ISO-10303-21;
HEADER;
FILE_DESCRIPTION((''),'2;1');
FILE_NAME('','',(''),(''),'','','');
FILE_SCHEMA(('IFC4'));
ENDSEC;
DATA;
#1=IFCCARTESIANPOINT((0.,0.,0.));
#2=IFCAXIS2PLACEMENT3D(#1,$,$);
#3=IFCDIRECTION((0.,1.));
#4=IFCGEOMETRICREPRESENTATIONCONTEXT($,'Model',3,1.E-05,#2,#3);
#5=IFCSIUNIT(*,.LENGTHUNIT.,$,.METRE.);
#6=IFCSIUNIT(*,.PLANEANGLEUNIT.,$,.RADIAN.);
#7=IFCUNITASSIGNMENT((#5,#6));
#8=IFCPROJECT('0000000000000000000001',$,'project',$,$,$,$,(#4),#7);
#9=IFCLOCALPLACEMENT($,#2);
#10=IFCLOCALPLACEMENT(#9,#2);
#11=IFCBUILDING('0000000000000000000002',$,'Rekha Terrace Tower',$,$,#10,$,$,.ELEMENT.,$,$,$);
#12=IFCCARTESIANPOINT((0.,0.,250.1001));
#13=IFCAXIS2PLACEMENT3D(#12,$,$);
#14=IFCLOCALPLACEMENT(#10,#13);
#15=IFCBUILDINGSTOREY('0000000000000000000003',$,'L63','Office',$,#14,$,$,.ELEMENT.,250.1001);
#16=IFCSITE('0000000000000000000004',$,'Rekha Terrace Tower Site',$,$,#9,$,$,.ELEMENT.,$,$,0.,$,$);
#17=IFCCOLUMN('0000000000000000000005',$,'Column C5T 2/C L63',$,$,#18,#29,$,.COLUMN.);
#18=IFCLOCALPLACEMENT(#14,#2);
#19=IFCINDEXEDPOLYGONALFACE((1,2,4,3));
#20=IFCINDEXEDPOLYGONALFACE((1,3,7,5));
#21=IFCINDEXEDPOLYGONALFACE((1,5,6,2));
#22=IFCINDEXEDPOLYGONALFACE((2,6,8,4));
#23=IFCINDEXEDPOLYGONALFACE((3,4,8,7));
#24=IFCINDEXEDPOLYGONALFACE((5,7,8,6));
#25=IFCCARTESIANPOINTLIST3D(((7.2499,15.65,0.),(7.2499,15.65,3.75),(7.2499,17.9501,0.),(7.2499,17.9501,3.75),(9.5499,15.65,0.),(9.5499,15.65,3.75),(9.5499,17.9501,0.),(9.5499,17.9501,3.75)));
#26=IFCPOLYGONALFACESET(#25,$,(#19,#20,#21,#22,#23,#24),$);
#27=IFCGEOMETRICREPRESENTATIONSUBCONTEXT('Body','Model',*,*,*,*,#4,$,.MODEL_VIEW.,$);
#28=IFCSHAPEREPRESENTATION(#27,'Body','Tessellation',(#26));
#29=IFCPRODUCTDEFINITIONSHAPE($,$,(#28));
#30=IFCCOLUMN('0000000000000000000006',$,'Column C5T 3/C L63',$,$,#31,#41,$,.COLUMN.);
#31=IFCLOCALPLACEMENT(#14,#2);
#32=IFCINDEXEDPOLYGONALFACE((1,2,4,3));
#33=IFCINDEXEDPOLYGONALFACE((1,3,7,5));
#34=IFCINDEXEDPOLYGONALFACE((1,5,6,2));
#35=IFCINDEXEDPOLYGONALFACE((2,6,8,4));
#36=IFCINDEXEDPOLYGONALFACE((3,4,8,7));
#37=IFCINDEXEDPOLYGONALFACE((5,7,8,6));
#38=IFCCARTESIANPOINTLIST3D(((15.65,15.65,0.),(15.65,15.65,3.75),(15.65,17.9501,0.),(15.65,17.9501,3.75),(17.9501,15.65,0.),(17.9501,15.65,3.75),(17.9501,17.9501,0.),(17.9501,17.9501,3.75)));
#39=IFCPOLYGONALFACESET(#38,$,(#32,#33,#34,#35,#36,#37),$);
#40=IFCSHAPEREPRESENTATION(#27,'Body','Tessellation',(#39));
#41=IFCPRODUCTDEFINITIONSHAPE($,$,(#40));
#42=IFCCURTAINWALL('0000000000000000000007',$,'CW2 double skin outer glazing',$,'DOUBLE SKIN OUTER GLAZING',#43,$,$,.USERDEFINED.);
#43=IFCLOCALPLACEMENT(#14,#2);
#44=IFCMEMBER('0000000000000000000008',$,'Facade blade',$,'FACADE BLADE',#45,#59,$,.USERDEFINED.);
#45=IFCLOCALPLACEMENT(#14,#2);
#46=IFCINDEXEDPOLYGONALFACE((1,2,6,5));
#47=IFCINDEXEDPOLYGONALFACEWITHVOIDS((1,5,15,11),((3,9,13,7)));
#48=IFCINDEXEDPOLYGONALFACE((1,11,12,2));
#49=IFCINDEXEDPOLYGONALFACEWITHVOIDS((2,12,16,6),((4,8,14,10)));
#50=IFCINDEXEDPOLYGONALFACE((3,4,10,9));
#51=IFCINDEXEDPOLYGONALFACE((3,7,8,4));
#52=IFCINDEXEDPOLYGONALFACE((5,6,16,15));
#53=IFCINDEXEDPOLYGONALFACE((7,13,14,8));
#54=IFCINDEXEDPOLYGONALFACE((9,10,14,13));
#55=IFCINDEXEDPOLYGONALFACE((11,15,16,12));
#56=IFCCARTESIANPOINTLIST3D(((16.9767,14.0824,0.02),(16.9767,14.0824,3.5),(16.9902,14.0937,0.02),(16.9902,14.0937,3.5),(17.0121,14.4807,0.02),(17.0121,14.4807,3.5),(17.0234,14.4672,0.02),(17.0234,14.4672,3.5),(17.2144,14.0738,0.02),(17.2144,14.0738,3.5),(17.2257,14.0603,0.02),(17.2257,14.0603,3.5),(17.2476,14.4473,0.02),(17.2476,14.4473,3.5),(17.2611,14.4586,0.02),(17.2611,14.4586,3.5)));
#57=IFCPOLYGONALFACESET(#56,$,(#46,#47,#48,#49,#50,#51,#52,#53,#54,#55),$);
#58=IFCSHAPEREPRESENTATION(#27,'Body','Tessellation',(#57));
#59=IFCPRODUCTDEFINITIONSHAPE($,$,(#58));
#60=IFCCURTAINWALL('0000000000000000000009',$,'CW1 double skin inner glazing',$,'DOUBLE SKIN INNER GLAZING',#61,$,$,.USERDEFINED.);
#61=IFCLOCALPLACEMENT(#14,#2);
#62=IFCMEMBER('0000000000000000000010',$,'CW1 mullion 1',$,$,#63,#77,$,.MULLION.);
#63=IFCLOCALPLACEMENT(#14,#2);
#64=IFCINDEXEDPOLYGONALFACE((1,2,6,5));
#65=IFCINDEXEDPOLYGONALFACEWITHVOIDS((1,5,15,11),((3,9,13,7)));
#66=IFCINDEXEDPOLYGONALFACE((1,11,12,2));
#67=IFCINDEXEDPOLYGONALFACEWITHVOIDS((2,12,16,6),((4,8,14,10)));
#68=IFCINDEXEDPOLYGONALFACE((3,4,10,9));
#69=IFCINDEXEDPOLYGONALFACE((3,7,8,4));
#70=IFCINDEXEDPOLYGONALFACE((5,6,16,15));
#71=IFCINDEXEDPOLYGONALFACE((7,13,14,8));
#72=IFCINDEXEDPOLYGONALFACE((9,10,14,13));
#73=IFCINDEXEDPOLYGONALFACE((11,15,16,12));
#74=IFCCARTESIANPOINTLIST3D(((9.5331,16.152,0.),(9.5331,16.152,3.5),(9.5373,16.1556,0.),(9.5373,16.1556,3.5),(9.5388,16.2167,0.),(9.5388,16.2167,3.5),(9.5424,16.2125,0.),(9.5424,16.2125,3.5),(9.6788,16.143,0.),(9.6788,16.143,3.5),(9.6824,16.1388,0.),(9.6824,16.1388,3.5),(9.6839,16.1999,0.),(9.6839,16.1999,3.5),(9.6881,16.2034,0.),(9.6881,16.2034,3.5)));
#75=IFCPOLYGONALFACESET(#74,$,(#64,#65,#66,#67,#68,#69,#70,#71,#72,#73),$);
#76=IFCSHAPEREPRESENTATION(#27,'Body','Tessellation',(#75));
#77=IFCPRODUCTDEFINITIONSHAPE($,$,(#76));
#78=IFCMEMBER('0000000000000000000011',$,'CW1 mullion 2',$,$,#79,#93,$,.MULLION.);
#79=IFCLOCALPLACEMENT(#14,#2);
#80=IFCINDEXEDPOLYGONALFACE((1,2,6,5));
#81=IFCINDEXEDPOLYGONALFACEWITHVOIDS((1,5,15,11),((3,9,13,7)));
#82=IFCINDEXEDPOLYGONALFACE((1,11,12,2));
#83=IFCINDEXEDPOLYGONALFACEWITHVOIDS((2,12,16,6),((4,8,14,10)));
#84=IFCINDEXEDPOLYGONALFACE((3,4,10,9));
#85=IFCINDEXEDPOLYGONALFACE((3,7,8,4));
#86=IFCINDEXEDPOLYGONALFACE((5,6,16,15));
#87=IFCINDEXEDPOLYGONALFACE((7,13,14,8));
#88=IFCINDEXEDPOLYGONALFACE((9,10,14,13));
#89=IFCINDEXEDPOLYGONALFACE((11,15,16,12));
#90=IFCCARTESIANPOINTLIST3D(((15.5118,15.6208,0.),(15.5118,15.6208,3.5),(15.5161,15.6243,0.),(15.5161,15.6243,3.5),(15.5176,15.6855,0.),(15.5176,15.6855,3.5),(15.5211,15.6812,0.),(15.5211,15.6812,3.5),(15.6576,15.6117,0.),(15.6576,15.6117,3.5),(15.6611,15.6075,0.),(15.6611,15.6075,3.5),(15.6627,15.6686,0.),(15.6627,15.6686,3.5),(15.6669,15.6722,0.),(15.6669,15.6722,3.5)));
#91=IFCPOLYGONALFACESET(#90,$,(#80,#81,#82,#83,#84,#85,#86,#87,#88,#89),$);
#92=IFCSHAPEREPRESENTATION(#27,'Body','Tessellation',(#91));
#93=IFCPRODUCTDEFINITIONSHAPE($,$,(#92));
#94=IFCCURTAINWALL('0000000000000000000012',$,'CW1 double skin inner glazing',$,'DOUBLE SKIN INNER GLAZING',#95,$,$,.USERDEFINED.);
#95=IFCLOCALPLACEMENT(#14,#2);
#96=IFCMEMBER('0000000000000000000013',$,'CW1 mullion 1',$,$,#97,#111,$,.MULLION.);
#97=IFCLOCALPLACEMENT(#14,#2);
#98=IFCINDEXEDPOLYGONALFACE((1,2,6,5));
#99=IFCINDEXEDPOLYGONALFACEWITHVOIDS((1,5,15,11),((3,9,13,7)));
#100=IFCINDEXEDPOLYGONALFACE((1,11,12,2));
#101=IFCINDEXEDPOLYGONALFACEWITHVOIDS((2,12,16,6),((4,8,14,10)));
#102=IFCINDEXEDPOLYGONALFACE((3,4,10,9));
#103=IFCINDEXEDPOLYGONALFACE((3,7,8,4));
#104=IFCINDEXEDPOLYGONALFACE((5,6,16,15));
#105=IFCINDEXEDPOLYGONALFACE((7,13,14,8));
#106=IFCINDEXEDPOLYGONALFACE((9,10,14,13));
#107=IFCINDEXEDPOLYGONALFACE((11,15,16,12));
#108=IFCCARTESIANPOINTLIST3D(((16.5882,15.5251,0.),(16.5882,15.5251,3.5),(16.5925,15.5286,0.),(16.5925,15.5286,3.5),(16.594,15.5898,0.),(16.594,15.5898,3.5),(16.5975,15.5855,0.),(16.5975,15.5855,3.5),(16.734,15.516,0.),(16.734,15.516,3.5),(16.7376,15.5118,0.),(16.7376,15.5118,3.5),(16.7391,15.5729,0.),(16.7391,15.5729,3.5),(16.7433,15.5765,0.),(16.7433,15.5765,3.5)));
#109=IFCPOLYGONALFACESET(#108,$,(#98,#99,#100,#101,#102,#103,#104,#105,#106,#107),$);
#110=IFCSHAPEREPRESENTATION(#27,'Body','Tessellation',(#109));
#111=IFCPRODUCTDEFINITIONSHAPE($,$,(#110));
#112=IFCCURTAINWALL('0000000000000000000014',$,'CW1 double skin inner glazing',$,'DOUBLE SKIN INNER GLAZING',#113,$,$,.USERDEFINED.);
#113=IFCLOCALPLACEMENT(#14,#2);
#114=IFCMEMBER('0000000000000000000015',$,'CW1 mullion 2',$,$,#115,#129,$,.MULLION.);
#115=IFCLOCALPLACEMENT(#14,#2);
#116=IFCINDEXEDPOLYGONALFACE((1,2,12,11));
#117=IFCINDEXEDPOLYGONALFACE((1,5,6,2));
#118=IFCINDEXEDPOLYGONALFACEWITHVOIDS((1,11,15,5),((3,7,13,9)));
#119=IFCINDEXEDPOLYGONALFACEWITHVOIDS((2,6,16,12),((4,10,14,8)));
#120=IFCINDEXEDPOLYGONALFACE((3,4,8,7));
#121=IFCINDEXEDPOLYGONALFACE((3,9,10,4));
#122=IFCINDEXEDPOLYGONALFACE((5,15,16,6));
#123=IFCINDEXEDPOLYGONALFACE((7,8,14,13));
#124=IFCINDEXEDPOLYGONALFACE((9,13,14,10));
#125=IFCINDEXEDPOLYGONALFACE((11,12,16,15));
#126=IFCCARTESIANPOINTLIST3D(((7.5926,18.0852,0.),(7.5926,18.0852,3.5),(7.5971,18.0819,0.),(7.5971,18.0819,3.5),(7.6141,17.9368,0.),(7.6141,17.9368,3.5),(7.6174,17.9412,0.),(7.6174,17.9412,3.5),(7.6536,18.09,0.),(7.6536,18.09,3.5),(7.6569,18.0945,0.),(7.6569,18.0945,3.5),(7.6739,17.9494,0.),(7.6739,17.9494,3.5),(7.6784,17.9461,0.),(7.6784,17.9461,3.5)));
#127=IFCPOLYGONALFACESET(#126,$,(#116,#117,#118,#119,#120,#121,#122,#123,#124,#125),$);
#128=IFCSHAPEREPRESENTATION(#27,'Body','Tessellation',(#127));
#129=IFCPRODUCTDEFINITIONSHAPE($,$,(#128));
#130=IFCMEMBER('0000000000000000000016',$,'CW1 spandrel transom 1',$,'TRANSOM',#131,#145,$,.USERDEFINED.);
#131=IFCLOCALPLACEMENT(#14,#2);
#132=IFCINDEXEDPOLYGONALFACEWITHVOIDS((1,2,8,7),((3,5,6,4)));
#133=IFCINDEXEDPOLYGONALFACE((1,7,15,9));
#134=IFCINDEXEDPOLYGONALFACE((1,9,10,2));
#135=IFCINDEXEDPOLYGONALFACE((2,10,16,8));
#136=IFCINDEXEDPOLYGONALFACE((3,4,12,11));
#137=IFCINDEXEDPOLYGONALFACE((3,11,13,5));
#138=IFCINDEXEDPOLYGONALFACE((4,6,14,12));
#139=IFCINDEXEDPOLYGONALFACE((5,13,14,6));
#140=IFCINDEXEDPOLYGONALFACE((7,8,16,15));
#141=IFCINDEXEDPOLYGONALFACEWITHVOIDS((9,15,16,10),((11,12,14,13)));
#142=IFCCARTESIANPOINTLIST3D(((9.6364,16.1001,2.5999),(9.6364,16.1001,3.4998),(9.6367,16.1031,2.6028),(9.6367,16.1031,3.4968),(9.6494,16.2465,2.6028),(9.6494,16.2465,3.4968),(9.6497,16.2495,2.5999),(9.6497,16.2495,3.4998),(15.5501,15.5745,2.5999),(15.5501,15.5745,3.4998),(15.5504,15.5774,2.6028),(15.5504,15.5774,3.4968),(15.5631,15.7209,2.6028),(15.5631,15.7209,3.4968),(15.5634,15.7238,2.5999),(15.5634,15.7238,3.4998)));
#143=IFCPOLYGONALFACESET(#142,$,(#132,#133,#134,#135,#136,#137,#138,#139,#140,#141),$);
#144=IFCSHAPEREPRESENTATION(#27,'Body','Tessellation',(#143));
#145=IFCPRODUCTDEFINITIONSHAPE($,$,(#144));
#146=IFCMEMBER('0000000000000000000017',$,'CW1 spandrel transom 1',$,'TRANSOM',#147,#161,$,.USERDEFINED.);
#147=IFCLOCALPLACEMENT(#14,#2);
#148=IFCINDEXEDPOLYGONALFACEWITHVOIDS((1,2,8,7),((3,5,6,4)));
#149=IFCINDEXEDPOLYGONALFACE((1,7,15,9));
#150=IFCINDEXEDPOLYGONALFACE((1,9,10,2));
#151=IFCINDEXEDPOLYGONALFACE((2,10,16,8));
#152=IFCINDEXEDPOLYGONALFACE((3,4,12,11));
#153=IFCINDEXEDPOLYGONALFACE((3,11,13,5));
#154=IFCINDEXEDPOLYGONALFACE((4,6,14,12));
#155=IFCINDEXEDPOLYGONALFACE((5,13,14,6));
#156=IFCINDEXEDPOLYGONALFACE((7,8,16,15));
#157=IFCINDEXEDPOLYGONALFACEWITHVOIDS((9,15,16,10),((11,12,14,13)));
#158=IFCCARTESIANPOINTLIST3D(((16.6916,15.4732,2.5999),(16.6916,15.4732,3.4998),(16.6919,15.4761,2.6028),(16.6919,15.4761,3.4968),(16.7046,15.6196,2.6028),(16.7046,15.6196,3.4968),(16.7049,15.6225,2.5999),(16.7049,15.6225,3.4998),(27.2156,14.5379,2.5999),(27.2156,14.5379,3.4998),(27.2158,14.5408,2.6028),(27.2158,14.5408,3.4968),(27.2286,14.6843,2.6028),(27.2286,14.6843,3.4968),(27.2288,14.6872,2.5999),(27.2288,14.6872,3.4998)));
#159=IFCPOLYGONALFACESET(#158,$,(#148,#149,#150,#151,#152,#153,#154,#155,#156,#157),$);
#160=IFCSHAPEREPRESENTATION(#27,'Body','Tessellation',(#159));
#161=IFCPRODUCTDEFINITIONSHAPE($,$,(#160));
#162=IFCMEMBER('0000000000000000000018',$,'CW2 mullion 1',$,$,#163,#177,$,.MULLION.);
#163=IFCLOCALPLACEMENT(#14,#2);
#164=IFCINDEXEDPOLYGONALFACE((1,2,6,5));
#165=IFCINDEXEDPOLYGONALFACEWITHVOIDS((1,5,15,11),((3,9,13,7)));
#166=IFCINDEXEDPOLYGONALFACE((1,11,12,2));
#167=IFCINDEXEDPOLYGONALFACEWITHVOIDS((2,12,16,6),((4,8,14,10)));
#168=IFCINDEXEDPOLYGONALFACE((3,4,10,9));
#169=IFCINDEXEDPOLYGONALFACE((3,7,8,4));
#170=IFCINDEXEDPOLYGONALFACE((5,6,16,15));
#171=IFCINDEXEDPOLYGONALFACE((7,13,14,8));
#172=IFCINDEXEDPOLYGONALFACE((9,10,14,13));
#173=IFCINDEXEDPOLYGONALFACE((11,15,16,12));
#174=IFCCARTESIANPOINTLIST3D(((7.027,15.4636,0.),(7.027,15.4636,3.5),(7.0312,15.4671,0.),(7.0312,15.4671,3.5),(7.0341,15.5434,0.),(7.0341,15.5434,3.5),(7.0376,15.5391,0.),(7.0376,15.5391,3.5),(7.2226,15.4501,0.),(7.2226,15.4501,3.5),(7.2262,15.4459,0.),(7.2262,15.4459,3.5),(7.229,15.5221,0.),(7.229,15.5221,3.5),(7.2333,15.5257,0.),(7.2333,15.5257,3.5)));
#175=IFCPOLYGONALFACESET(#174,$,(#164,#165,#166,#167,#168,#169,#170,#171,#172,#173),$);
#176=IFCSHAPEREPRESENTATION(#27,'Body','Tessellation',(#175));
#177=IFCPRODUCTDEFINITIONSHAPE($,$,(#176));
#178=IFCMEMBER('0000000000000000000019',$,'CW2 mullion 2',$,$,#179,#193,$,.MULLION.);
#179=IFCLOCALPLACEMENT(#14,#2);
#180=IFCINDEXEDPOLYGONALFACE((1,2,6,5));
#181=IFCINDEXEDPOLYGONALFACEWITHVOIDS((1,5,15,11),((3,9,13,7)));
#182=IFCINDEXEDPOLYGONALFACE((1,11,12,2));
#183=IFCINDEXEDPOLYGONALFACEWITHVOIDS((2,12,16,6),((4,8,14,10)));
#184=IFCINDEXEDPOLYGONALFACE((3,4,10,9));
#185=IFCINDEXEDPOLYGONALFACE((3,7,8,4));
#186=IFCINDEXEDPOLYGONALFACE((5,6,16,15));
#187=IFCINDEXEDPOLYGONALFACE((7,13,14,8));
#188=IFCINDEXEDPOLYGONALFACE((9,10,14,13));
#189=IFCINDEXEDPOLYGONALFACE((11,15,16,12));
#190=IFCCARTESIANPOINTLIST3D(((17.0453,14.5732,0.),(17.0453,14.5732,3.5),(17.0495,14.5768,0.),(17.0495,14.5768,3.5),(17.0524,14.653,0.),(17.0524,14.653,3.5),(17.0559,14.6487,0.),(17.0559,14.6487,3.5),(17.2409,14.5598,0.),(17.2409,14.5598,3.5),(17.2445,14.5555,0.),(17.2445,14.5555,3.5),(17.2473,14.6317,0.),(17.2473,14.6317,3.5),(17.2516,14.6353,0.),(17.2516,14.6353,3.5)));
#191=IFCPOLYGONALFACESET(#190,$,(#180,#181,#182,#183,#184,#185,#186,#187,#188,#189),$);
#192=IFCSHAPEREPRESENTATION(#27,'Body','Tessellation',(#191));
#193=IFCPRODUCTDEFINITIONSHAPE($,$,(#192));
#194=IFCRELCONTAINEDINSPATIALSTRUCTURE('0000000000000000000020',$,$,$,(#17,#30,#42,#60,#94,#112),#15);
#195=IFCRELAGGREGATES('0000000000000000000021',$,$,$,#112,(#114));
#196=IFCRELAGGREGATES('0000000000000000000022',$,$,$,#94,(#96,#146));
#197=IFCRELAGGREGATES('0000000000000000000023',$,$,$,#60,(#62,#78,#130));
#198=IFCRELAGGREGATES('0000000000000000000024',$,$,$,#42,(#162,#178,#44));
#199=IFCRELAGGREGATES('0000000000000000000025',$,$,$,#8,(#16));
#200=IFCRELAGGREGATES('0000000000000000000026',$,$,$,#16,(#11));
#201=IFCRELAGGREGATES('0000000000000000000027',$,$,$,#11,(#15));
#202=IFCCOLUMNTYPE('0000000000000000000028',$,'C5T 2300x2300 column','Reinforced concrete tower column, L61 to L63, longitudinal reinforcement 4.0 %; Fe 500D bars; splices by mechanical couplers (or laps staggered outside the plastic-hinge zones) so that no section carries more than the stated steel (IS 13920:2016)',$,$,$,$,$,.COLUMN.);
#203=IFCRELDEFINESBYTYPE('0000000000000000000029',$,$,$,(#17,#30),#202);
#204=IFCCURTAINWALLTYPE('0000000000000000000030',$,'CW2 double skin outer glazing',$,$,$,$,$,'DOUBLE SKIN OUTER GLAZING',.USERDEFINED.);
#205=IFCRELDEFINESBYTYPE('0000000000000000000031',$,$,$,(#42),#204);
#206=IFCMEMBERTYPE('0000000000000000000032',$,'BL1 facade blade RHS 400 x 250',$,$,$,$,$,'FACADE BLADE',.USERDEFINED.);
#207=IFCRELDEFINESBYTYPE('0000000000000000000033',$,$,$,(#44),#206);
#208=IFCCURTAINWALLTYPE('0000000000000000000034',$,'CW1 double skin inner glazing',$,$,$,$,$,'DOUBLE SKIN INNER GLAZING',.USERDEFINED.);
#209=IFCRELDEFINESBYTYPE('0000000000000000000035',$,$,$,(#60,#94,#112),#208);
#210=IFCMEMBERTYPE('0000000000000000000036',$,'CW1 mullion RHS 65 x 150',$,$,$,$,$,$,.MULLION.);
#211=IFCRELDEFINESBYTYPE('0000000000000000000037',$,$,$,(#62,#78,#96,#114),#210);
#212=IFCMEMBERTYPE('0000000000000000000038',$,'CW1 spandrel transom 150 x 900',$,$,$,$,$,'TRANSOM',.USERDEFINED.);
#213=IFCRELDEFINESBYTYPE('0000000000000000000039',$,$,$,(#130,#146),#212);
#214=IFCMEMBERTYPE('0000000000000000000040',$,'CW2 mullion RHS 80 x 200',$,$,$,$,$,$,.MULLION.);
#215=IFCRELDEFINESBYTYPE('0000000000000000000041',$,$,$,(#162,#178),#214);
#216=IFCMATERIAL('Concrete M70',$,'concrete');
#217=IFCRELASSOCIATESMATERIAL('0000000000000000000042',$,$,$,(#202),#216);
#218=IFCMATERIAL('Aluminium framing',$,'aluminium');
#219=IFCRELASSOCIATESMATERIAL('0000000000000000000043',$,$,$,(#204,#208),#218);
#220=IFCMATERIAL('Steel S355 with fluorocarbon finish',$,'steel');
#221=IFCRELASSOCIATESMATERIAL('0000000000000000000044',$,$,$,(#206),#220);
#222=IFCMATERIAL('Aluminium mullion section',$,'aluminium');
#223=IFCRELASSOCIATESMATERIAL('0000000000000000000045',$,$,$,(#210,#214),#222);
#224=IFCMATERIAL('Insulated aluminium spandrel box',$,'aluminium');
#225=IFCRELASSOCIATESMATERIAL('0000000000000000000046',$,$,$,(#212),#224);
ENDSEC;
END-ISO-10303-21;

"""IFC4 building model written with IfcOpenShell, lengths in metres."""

from ifc_helpers import new_model, si_unit, direction, frame, origin, origin_2d, place, context, subcontext, project, spatial, rectangle, hollow_rectangle, extrude, material, material_profile, profile_set, type_object, element, aggregate, save


model = new_model("IFC4")

# Units and contexts
model_context = context("Model", 3, precision=1e-05, world=origin(), true_north=direction((0.0, 1.0)))
body_context = subcontext(model_context, "Body", "Model", "MODEL_VIEW")
ifc_project = project(units=[si_unit("LENGTHUNIT", "METRE"), si_unit("PLANEANGLEUNIT", "RADIAN")], contexts=[model_context])

# Site, building, storey
site_placement = place(None, origin())
site = spatial("IfcSite", under=ifc_project, at=site_placement, Name="Rekha Terrace Tower Site", CompositionType="ELEMENT", RefElevation=0.0)
building_placement = place(site_placement, origin())
building = spatial("IfcBuilding", under=site, at=building_placement, Name="Rekha Terrace Tower", CompositionType="ELEMENT")
storey_placement = place(building_placement, frame((0.0, 0.0, 250.1001)))
storey = spatial("IfcBuildingStorey", under=building, at=storey_placement, Name="L63", Description="Office", CompositionType="ELEMENT", Elevation=250.1001)

# Columns
ifc_material_1 = material(Name="Concrete M70", Category="concrete")
ifc_material_profile_1 = material_profile(ifc_material_1, rectangle(XDim=2.3, YDim=2.3, at=origin_2d()), Name="RC 2300x2300")
ifc_profile_set_1 = profile_set([ifc_material_profile_1], Name="Concrete M70")
column_type = type_object("IfcColumnType", Name="C5T 2300x2300 column", Description="Reinforced concrete tower column, L61 to L63, longitudinal reinforcement 4.0 %; Fe 500D bars; splices by mechanical couplers (or laps staggered outside the plastic-hinge zones) so that no section carries more than the stated steel (IS 13920:2016)", PredefinedType="COLUMN", material=ifc_profile_set_1)
for number, where, z_axis, x_axis, name in (
    (1, (8.3999, 16.8, 0.0), (0.0, 0.0, 1.0), (1.0, 0.0, 0.0), "Column C5T 2/C L63"),
    (2, (16.8, 16.8, 0.0), (0.0, 0.0, 1.0), (1.0, 0.0, 0.0), "Column C5T 3/C L63"),
):
    element("IfcColumn", number, at=place(storey_placement, frame(where, z_axis=z_axis, x_axis=x_axis)), inside=storey, type_object=column_type, Name=name, PredefinedType="COLUMN", context=body_context, shape_type="SweptSolid", body=[
        extrude(rectangle(XDim=2.3, YDim=2.3, at=origin_2d()), origin(), (0.0, 0.0, 1.0), 3.75),
    ])

# Curtain wall, member
ifc_material_2 = material(Name="Aluminium framing", Category="aluminium")
curtain_wall_type_1 = type_object("IfcCurtainWallType", Name="CW2 double skin outer glazing", ElementType="DOUBLE SKIN OUTER GLAZING", PredefinedType="USERDEFINED", material=ifc_material_2)
curtain_wall_1_placement = place(storey_placement, origin())
curtain_wall_1 = element("IfcCurtainWall", 3, at=curtain_wall_1_placement, inside=storey, type_object=curtain_wall_type_1, Name="CW2 double skin outer glazing", ObjectType="DOUBLE SKIN OUTER GLAZING", PredefinedType="USERDEFINED")
ifc_material_3 = material(Name="Steel S355 with fluorocarbon finish", Category="steel")
ifc_material_profile_2 = material_profile(ifc_material_3, hollow_rectangle(XDim=0.25, YDim=0.3999, WallThickness=0.0125, at=origin_2d()), Name="RHS400x250x12.5")
ifc_profile_set_2 = profile_set([ifc_material_profile_2], Name="Steel S355 with fluorocarbon finish")
member_type_1 = type_object("IfcMemberType", Name="BL1 facade blade RHS 400 x 250", ElementType="FACADE BLADE", PredefinedType="USERDEFINED", material=ifc_profile_set_2)
member_1_placement = place(storey_placement, frame((17.1189, 14.2705, 0.02), z_axis=(0.0, 0.0, 1.0), x_axis=(0.996074, -0.088522, 0.0)))
member_1 = element("IfcMember", 4, at=member_1_placement, type_object=member_type_1, Name="Facade blade", ObjectType="FACADE BLADE", PredefinedType="USERDEFINED", context=body_context, shape_type="SweptSolid", body=[
    extrude(hollow_rectangle(XDim=0.25, YDim=0.3999, WallThickness=0.0125, at=origin_2d()), origin(), (0.0, 0.0, 1.0), 3.48),
])

# Curtain wall, members
curtain_wall_type_2 = type_object("IfcCurtainWallType", Name="CW1 double skin inner glazing", ElementType="DOUBLE SKIN INNER GLAZING", PredefinedType="USERDEFINED", material=ifc_material_2)
curtain_wall_2_placement = place(storey_placement, origin())
curtain_wall_2 = element("IfcCurtainWall", 5, at=curtain_wall_2_placement, inside=storey, type_object=curtain_wall_type_2, Name="CW1 double skin inner glazing", ObjectType="DOUBLE SKIN INNER GLAZING", PredefinedType="USERDEFINED")
ifc_material_4 = material(Name="Aluminium mullion section", Category="aluminium")
ifc_material_profile_3 = material_profile(ifc_material_4, hollow_rectangle(XDim=0.0649, YDim=0.1499, WallThickness=0.0039, at=origin_2d()), Name="AL RHS 65x150")
ifc_profile_set_3 = profile_set([ifc_material_profile_3], Name="Aluminium mullion section")
member_type_2 = type_object("IfcMemberType", Name="CW1 mullion RHS 65 x 150", PredefinedType="MULLION", material=ifc_profile_set_3)
member_2_placement = place(storey_placement, frame((9.6106, 16.1777, 0.0), z_axis=(0.0, 0.0, 1.0), x_axis=(0.088522, 0.996074, 0.0)))
member_2 = element("IfcMember", 6, at=member_2_placement, type_object=member_type_2, Name="CW1 mullion 1", PredefinedType="MULLION", context=body_context, shape_type="SweptSolid", body=[
    extrude(hollow_rectangle(XDim=0.0649, YDim=0.1499, WallThickness=0.0039, at=origin_2d()), origin(), (0.0, 0.0, 1.0), 3.5),
])
member_3_placement = place(storey_placement, frame((15.5894, 15.6465, 0.0), z_axis=(0.0, 0.0, 1.0), x_axis=(0.088522, 0.996074, 0.0)))
member_3 = element("IfcMember", 7, at=member_3_placement, type_object=member_type_2, Name="CW1 mullion 2", PredefinedType="MULLION", context=body_context, shape_type="SweptSolid", body=[
    extrude(hollow_rectangle(XDim=0.0649, YDim=0.1499, WallThickness=0.0039, at=origin_2d()), origin(), (0.0, 0.0, 1.0), 3.5),
])

# Curtain walls, members
curtain_wall_3_placement = place(storey_placement, origin())
curtain_wall_3 = element("IfcCurtainWall", 8, at=curtain_wall_3_placement, inside=storey, type_object=curtain_wall_type_2, Name="CW1 double skin inner glazing", ObjectType="DOUBLE SKIN INNER GLAZING", PredefinedType="USERDEFINED")
member_4_placement = place(storey_placement, frame((16.6658, 15.5508, 0.0), z_axis=(0.0, 0.0, 1.0), x_axis=(0.088522, 0.996074, 0.0)))
member_4 = element("IfcMember", 9, at=member_4_placement, type_object=member_type_2, Name="CW1 mullion 1", PredefinedType="MULLION", context=body_context, shape_type="SweptSolid", body=[
    extrude(hollow_rectangle(XDim=0.0649, YDim=0.1499, WallThickness=0.0039, at=origin_2d()), origin(), (0.0, 0.0, 1.0), 3.5),
])
curtain_wall_4_placement = place(storey_placement, origin())
curtain_wall_4 = element("IfcCurtainWall", 10, at=curtain_wall_4_placement, inside=storey, type_object=curtain_wall_type_2, Name="CW1 double skin inner glazing", ObjectType="DOUBLE SKIN INNER GLAZING", PredefinedType="USERDEFINED")
member_5_placement = place(storey_placement, frame((7.6355, 18.0156, 0.0), z_axis=(0.0, 0.0, 1.0), x_axis=(0.989707, 0.143108, 0.0)))
member_5 = element("IfcMember", 11, at=member_5_placement, type_object=member_type_2, Name="CW1 mullion 2", PredefinedType="MULLION", context=body_context, shape_type="SweptSolid", body=[
    extrude(hollow_rectangle(XDim=0.0649, YDim=0.1499, WallThickness=0.0039, at=origin_2d()), origin(), (0.0, 0.0, 1.0), 3.5),
])
aggregate(curtain_wall_4, [member_5])

# Members
ifc_material_5 = material(Name="Insulated aluminium spandrel box", Category="aluminium")
ifc_material_profile_4 = material_profile(ifc_material_5, hollow_rectangle(XDim=0.1499, YDim=0.8999, WallThickness=0.0029, at=origin_2d()), Name="AL SPANDREL BOX 150x900")
ifc_profile_set_4 = profile_set([ifc_material_profile_4], Name="Insulated aluminium spandrel box")
member_type_3 = type_object("IfcMemberType", Name="CW1 spandrel transom 150 x 900", ElementType="TRANSOM", PredefinedType="USERDEFINED", material=ifc_profile_set_4)
member_6_placement = place(storey_placement, frame((9.6431, 16.1748, 3.0498), z_axis=(0.996073, -0.088533, 0.0), x_axis=(0.088533, 0.996073, 0.0)))
member_6 = element("IfcMember", 12, at=member_6_placement, type_object=member_type_3, Name="CW1 spandrel transom 1", ObjectType="TRANSOM", PredefinedType="USERDEFINED", context=body_context, shape_type="SweptSolid", body=[
    extrude(hollow_rectangle(XDim=0.1499, YDim=0.8999, WallThickness=0.0029, at=origin_2d()), origin(), (0.0, 0.0, 1.0), 5.937),
])
member_7_placement = place(storey_placement, frame((16.6982, 15.5479, 3.0498), z_axis=(0.996074, -0.088525, 0.0), x_axis=(0.088525, 0.996074, 0.0)))
member_7 = element("IfcMember", 13, at=member_7_placement, type_object=member_type_3, Name="CW1 spandrel transom 1", ObjectType="TRANSOM", PredefinedType="USERDEFINED", context=body_context, shape_type="SweptSolid", body=[
    extrude(hollow_rectangle(XDim=0.1499, YDim=0.8999, WallThickness=0.0029, at=origin_2d()), origin(), (0.0, 0.0, 1.0), 10.5654),
])
aggregate(curtain_wall_3, [member_4, member_7])
ifc_material_profile_5 = material_profile(ifc_material_4, hollow_rectangle(XDim=0.0801, YDim=0.2, WallThickness=0.0039, at=origin_2d()), Name="AL RHS 80x200")
ifc_profile_set_5 = profile_set([ifc_material_profile_5], Name="Aluminium mullion section")
member_type_4 = type_object("IfcMemberType", Name="CW2 mullion RHS 80 x 200", PredefinedType="MULLION", material=ifc_profile_set_5)
member_8_placement = place(storey_placement, frame((7.1301, 15.4946, 0.0), z_axis=(0.0, 0.0, 1.0), x_axis=(0.088522, 0.996074, 0.0)))
member_8 = element("IfcMember", 14, at=member_8_placement, type_object=member_type_4, Name="CW2 mullion 1", PredefinedType="MULLION", context=body_context, shape_type="SweptSolid", body=[
    extrude(hollow_rectangle(XDim=0.0801, YDim=0.2, WallThickness=0.0039, at=origin_2d()), origin(), (0.0, 0.0, 1.0), 3.5),
])
member_9_placement = place(storey_placement, frame((17.1484, 14.6042, 0.0), z_axis=(0.0, 0.0, 1.0), x_axis=(0.088522, 0.996074, 0.0)))
member_9 = element("IfcMember", 15, at=member_9_placement, type_object=member_type_4, Name="CW2 mullion 2", PredefinedType="MULLION", context=body_context, shape_type="SweptSolid", body=[
    extrude(hollow_rectangle(XDim=0.0801, YDim=0.2, WallThickness=0.0039, at=origin_2d()), origin(), (0.0, 0.0, 1.0), 3.5),
])

aggregate(curtain_wall_2, [member_2, member_3, member_6])
aggregate(curtain_wall_1, [member_8, member_9, member_1])

save(model, "model.ifc")
